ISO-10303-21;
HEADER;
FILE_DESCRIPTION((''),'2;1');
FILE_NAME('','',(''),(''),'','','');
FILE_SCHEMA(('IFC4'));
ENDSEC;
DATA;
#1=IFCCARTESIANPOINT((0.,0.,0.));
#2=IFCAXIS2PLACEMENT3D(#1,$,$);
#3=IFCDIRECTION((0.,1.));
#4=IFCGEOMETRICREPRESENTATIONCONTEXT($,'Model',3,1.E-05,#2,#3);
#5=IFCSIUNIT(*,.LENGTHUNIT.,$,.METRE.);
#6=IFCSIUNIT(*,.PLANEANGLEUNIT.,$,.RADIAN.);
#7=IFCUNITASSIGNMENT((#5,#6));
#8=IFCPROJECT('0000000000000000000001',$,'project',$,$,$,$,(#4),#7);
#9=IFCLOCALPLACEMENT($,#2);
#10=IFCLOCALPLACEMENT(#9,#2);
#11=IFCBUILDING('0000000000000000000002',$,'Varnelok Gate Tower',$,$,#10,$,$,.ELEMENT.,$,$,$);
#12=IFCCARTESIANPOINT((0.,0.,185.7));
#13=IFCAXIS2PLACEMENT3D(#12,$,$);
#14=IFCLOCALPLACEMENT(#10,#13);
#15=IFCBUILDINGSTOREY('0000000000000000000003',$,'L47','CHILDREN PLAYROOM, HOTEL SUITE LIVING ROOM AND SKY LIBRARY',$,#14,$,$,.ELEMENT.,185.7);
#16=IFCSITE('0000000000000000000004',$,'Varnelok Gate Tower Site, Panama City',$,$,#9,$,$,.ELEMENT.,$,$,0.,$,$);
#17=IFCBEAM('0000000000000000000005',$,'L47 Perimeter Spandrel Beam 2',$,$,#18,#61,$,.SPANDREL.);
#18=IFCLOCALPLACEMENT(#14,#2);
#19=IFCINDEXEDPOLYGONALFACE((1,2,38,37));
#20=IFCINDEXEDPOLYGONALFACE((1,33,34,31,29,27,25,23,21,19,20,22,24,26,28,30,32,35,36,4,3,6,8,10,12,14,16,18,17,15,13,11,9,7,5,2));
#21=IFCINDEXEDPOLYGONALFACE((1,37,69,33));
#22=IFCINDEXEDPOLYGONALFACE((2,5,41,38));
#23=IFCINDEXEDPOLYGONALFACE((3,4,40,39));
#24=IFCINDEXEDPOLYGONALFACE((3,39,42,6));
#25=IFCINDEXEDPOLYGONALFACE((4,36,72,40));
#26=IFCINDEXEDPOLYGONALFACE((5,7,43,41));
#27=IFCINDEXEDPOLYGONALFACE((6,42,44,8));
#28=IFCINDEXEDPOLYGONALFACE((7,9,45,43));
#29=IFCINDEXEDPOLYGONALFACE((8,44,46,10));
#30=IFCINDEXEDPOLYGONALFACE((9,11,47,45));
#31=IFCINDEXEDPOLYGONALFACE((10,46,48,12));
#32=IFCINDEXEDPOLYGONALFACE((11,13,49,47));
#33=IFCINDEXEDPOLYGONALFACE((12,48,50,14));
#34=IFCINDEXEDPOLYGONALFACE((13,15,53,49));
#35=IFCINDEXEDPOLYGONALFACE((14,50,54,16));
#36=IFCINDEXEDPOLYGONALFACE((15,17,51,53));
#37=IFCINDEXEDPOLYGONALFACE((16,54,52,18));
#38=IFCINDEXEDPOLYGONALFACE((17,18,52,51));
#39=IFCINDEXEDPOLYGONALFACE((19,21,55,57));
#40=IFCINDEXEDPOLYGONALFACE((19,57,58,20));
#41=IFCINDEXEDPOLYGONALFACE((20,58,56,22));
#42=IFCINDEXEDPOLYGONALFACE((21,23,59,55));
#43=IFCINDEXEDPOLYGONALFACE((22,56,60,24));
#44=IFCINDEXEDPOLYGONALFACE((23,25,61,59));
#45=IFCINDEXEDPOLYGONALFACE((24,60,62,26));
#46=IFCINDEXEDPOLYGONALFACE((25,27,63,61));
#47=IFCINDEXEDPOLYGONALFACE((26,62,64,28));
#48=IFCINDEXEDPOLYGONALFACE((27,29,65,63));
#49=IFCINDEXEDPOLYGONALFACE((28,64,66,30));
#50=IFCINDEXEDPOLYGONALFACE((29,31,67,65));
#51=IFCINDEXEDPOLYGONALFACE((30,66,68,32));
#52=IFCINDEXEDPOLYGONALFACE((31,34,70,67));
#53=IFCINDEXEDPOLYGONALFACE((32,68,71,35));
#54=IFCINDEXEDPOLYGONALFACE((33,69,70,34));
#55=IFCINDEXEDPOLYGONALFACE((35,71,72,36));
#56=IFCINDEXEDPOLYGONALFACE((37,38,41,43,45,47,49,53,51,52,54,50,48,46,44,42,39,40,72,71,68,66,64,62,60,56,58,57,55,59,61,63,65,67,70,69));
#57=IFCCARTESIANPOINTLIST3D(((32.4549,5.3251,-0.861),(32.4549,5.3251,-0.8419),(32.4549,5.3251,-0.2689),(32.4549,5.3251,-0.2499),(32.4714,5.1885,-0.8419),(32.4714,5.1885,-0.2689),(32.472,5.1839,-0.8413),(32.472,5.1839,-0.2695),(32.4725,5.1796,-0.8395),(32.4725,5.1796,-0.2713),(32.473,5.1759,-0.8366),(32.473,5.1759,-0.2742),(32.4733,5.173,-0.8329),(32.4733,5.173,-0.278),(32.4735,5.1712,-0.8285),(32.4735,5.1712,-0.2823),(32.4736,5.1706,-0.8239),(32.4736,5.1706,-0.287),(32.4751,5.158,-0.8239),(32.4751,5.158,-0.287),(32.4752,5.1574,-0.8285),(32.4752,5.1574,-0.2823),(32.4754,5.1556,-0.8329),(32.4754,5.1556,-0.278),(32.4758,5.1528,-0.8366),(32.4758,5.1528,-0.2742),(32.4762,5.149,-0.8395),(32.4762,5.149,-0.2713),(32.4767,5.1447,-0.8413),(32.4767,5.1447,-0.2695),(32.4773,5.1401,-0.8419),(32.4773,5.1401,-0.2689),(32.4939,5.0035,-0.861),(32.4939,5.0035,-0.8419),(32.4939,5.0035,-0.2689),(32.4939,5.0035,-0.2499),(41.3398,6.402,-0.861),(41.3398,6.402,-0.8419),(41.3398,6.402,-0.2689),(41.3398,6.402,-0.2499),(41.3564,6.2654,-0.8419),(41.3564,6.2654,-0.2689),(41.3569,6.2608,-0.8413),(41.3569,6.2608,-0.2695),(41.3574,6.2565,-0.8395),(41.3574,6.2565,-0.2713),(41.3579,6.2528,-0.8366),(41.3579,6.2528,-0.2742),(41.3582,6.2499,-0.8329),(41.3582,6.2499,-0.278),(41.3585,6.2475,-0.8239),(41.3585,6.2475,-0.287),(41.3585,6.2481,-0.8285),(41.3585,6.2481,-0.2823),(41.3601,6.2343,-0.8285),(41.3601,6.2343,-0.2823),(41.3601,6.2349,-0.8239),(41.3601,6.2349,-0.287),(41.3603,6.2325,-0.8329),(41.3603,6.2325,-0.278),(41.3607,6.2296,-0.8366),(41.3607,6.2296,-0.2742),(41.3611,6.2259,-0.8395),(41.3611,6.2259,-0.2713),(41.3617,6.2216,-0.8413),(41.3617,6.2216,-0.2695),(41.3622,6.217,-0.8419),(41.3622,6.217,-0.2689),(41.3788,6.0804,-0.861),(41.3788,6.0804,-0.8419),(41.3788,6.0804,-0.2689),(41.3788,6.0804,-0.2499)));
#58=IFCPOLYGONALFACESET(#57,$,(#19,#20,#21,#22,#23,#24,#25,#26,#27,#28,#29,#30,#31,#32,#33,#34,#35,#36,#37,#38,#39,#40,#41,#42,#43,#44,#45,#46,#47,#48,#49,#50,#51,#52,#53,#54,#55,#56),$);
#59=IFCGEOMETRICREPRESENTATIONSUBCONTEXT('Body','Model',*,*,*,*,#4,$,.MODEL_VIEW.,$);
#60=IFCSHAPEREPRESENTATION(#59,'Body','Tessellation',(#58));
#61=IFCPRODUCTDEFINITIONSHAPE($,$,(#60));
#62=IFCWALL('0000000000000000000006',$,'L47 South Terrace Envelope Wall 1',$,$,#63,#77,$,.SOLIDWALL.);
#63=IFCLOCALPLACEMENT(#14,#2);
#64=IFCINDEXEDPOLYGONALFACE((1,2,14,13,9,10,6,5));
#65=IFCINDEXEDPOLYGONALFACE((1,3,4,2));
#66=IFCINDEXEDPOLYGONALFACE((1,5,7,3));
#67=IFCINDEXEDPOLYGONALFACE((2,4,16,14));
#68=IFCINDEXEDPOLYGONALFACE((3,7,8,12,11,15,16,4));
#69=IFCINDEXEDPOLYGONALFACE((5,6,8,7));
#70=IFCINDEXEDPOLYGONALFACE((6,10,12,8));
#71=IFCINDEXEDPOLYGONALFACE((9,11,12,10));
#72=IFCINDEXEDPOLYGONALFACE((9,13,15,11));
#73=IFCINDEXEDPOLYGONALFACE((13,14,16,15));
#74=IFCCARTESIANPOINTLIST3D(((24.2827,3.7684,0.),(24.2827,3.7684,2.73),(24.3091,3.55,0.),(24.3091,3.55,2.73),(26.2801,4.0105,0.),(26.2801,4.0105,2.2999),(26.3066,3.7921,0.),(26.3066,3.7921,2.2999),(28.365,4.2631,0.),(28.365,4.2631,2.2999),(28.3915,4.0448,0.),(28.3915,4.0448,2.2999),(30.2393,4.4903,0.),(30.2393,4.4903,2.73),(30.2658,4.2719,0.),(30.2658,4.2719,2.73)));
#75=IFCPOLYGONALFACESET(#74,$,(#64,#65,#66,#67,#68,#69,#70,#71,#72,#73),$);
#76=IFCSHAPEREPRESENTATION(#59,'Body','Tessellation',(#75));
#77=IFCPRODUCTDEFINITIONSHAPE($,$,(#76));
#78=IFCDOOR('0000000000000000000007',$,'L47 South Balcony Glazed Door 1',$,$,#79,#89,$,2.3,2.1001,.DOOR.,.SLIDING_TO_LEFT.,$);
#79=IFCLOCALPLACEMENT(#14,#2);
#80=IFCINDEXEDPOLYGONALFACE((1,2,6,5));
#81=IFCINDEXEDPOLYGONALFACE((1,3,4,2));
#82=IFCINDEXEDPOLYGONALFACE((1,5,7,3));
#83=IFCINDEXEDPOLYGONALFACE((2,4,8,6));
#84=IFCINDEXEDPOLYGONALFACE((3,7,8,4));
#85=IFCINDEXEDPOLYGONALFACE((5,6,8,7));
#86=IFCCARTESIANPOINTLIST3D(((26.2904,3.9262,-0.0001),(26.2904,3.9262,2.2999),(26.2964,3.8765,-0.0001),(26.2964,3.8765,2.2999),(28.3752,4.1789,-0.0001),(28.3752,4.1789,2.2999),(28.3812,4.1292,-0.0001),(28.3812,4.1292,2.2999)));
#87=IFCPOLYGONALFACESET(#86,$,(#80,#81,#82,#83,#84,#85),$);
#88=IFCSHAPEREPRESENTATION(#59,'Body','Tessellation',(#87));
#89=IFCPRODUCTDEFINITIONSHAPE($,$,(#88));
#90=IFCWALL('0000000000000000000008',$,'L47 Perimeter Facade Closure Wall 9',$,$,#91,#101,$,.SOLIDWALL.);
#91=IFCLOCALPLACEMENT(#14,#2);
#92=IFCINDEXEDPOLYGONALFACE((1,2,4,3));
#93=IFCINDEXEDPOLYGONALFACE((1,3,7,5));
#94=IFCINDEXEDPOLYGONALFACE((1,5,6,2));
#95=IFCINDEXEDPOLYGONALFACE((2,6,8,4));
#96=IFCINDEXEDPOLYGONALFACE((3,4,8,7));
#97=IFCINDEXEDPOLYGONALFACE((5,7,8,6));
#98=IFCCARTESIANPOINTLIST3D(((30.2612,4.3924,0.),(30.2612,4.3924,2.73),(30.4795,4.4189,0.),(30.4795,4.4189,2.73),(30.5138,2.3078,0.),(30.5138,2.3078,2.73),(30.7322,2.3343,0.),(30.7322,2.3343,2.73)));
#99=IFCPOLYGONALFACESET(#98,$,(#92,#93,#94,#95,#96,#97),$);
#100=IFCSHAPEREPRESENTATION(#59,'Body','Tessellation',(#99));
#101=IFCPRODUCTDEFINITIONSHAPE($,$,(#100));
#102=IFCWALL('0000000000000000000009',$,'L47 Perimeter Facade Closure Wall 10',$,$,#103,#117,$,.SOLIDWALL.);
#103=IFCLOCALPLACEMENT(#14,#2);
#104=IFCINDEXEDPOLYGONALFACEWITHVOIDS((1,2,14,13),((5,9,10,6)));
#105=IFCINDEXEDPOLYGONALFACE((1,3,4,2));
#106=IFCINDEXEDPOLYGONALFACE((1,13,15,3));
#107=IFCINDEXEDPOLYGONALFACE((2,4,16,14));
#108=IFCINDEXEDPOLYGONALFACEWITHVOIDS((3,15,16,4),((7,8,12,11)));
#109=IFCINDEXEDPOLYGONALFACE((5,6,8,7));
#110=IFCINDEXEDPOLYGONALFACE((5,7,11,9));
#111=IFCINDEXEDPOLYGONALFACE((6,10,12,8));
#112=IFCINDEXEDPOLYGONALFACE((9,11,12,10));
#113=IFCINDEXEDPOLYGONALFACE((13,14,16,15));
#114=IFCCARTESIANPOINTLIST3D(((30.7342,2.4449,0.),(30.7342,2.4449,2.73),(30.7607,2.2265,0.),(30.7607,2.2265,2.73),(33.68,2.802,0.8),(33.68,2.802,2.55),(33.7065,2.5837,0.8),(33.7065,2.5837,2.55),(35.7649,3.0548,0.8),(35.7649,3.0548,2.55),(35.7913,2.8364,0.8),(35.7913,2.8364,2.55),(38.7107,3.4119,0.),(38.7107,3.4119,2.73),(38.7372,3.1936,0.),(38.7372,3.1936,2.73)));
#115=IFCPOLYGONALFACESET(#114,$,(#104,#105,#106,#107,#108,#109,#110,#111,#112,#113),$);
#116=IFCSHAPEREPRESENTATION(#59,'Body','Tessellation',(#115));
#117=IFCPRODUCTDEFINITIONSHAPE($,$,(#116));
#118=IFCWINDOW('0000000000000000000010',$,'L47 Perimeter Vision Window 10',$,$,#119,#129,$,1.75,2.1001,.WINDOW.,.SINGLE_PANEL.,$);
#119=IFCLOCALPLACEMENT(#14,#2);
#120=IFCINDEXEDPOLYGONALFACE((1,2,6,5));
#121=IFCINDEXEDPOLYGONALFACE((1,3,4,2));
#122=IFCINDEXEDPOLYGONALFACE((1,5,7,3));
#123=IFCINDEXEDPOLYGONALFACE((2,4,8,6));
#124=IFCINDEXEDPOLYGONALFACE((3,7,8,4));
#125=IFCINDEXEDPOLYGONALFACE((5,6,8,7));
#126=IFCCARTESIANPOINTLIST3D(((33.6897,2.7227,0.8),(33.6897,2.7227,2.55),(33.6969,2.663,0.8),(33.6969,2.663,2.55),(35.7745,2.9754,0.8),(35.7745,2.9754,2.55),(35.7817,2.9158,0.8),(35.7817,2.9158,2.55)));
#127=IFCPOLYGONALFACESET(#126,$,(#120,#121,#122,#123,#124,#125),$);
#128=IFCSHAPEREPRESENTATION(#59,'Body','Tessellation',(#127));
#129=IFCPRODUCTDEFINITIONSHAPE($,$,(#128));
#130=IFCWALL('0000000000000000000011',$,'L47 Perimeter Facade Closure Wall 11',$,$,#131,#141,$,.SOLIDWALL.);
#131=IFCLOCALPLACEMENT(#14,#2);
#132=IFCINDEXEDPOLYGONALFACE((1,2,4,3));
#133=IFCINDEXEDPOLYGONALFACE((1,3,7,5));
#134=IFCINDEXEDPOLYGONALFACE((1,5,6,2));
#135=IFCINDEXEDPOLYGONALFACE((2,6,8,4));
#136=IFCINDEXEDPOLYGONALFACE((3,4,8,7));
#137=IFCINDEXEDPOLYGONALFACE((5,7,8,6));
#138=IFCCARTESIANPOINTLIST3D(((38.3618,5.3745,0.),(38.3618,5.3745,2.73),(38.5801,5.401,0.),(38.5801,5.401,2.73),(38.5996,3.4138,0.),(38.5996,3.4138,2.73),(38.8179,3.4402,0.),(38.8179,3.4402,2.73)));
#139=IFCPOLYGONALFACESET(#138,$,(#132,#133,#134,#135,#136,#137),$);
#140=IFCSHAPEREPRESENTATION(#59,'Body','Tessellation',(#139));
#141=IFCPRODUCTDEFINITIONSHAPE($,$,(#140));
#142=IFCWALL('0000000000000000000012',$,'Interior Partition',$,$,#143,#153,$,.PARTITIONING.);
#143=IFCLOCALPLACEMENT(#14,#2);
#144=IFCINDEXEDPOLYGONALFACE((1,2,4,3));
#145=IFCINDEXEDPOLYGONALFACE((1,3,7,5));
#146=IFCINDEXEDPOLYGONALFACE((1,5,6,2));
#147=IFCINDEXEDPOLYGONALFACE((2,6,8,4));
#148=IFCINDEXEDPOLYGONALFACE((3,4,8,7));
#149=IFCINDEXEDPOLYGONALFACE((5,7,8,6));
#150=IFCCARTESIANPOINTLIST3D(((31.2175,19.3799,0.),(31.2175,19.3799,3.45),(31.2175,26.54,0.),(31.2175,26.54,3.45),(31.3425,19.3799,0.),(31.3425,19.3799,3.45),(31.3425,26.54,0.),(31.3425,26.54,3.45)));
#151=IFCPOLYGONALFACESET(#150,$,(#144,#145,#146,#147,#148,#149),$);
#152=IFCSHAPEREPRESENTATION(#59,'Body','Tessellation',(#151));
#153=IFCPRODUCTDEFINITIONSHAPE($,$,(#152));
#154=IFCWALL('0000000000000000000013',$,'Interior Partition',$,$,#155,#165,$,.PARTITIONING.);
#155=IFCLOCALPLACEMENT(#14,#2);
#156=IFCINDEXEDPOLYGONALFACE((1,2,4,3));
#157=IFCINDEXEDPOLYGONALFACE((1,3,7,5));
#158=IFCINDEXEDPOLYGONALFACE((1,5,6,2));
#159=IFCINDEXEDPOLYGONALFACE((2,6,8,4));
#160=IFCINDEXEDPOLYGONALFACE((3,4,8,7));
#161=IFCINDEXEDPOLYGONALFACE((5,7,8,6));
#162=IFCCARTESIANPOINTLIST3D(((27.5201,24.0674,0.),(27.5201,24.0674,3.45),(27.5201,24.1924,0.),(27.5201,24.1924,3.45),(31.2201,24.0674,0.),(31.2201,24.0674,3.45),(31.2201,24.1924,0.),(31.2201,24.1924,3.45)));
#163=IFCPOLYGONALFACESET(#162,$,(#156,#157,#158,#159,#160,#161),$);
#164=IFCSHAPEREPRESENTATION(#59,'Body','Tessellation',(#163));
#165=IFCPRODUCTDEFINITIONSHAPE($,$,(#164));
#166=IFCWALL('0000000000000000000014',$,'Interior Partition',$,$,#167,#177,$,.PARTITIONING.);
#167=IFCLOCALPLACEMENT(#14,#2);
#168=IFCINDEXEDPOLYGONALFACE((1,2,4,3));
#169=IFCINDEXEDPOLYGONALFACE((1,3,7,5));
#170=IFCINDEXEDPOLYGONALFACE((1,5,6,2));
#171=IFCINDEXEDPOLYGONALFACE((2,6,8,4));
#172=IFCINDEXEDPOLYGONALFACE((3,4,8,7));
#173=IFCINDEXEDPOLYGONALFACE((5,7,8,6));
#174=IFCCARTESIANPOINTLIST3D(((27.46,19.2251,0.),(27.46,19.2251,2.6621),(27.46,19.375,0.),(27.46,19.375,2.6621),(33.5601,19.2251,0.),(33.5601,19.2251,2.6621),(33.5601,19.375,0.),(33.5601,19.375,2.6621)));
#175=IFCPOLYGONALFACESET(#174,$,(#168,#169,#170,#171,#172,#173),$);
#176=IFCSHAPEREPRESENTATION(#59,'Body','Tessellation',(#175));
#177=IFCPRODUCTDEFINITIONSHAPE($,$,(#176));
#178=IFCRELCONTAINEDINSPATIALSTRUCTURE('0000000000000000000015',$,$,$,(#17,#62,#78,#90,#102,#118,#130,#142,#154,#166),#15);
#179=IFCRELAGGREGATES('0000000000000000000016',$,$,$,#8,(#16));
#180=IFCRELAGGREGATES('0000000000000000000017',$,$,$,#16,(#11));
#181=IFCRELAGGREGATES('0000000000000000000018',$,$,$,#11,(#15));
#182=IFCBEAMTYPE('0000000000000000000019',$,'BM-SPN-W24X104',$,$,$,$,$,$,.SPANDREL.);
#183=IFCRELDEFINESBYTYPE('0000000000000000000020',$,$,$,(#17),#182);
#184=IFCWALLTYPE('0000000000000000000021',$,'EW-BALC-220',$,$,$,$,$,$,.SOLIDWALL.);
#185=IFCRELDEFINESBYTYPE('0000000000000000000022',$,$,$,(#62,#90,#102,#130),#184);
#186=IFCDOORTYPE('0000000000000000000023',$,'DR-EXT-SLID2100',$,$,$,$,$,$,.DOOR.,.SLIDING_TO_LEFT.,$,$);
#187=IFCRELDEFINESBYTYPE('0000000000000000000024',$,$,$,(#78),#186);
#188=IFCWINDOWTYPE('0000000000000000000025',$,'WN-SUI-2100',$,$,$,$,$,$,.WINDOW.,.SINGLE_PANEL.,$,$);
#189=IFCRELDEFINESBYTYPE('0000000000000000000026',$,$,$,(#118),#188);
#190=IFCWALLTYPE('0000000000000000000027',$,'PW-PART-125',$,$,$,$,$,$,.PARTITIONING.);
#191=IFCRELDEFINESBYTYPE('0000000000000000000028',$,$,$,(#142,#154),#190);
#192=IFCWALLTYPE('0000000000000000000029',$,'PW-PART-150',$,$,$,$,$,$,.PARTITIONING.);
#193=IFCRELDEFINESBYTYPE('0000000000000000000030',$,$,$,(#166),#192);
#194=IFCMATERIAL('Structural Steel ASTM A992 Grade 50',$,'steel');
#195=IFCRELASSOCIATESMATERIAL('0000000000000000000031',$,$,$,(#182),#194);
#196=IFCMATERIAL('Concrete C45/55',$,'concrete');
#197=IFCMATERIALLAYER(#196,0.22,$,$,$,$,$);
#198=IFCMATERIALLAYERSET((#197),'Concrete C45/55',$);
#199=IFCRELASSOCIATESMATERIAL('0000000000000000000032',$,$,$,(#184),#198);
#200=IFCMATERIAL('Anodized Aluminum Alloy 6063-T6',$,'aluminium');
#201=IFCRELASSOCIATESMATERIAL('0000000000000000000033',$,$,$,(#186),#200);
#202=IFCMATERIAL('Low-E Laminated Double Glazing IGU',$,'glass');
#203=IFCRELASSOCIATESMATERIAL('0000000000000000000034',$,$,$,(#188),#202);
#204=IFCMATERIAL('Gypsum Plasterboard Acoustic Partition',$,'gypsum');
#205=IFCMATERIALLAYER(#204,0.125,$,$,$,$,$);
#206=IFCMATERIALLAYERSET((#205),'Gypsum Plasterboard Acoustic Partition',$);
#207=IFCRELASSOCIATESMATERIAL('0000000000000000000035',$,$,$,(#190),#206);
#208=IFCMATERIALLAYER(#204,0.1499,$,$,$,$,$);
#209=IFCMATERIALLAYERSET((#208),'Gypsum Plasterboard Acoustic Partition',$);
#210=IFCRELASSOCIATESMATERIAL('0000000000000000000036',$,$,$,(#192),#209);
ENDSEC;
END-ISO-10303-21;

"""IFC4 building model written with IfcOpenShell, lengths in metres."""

from ifc_helpers import new_model, si_unit, direction, frame, frame_2d, origin, origin_2d, place, context, subcontext, project, spatial, rectangle, i_section, extrude, material, layer, layer_set, material_profile, profile_set, type_object, element, fill, save


model = new_model("IFC4")

# Units and contexts
model_context = context("Model", 3, precision=1e-05, world=origin(), true_north=direction((0.0, 1.0)))
body_context = subcontext(model_context, "Body", "Model", "MODEL_VIEW")
ifc_project = project(units=[si_unit("LENGTHUNIT", "METRE"), si_unit("PLANEANGLEUNIT", "RADIAN")], contexts=[model_context])

# Site, building, storey
site_placement = place(None, origin())
site = spatial("IfcSite", under=ifc_project, at=site_placement, Name="Varnelok Gate Tower Site, Panama City", CompositionType="ELEMENT", RefElevation=0.0)
building_placement = place(site_placement, origin())
building = spatial("IfcBuilding", under=site, at=building_placement, Name="Varnelok Gate Tower", CompositionType="ELEMENT")
storey_placement = place(building_placement, frame((0.0, 0.0, 185.7)))
storey = spatial("IfcBuildingStorey", under=building, at=storey_placement, Name="L47", Description="CHILDREN PLAYROOM, HOTEL SUITE LIVING ROOM AND SKY LIBRARY", CompositionType="ELEMENT", Elevation=185.7)

# Shared definitions
ifc_material_1 = material(Name="Structural Steel ASTM A992 Grade 50", Category="steel")

# Beam
ifc_material_profile_1 = material_profile(ifc_material_1, i_section(OverallWidth=0.324, OverallDepth=0.6111, WebThickness=0.0127, FlangeThickness=0.019, FilletRadius=0.0181, at=origin_2d()), Name="W24X104")
ifc_profile_set_1 = profile_set([ifc_material_profile_1], Name="Structural Steel ASTM A992 Grade 50")
beam_type_1 = type_object("IfcBeamType", Name="BM-SPN-W24X104", PredefinedType="SPANDREL", material=ifc_profile_set_1)
beam_1_placement = place(storey_placement, frame((32.4744, 5.1643, -0.5554), z_axis=(0.992735, 0.120324, 0.0), x_axis=(-0.120324, 0.992735, 0.0)))
element("IfcBeam", 1, at=beam_1_placement, inside=storey, type_object=beam_type_1, Name="L47 Perimeter Spandrel Beam 2", PredefinedType="SPANDREL", context=body_context, shape_type="SweptSolid", body=[
    extrude(i_section(OverallWidth=0.324, OverallDepth=0.6111, WebThickness=0.0127, FlangeThickness=0.019, FilletRadius=0.0181, at=origin_2d()), origin(), (0.0, 0.0, 1.0), 8.95),
])

# Wall, opening, door
ifc_material_2 = material(Name="Concrete C45/55", Category="concrete")
ifc_layer_1 = layer(ifc_material_2, 0.22)
ifc_layer_set_1 = layer_set([ifc_layer_1], Name="Concrete C45/55")
wall_type_1 = type_object("IfcWallType", Name="EW-BALC-220", PredefinedType="SOLIDWALL", material=ifc_layer_set_1)
wall_1_placement = place(storey_placement, frame((30.2524, 4.3811, 0.0), z_axis=(0.0, 0.0, 1.0), x_axis=(-0.992735, -0.120318, 0.0)))
wall_1 = element("IfcWall", 2, at=wall_1_placement, inside=storey, type_object=wall_type_1, Name="L47 South Terrace Envelope Wall 1", PredefinedType="SOLIDWALL", context=body_context, shape_type="SweptSolid", body=[
    extrude(rectangle(XDim=6.0002, YDim=0.22, at=frame_2d((3.0, 0.0))), origin(), (0.0, 0.0, 1.0), 2.73),
])
opening_1_placement = place(wall_1_placement, frame((1.8879, 0.0, 0.0)))
opening_1 = element("IfcOpeningElement", 3, at=opening_1_placement, cuts=wall_1, PredefinedType="OPENING", context=body_context, shape_type="SweptSolid", body=[
    extrude(rectangle(XDim=2.1001, YDim=2.3, at=frame_2d((1.05, 1.1499))), frame((0.0, 0.1199, 0.0), z_axis=(0.0, -1.0, 0.0), x_axis=(1.0, 0.0, 0.0)), (0.0, 0.0, 1.0), 0.24),
])
ifc_material_3 = material(Name="Anodized Aluminum Alloy 6063-T6", Category="aluminium")
door_type_1 = type_object("IfcDoorType", Name="DR-EXT-SLID2100", OperationType="SLIDING_TO_LEFT", PredefinedType="DOOR", material=ifc_material_3)
door_1_placement = place(opening_1_placement, origin())
door_1 = element("IfcDoor", 4, at=door_1_placement, inside=storey, type_object=door_type_1, Name="L47 South Balcony Glazed Door 1", OperationType="SLIDING_TO_LEFT", OverallHeight=2.3, OverallWidth=2.1001, PredefinedType="DOOR", context=body_context, shape_type="SweptSolid", body=[
    extrude(rectangle(XDim=2.1001, YDim=2.3, at=frame_2d((1.05, 1.1499))), frame((0.0, 0.0249, 0.0), z_axis=(0.0, -1.0, 0.0), x_axis=(1.0, 0.0, 0.0)), (0.0, 0.0, 1.0), 0.05),
])
fill(opening_1, door_1)

# Wall
wall_2_placement = place(storey_placement, frame((30.3704, 4.4055, 0.0), z_axis=(0.0, 0.0, 1.0), x_axis=(0.120328, -0.992734, 0.0)))
element("IfcWall", 5, at=wall_2_placement, inside=storey, type_object=wall_type_1, Name="L47 Perimeter Facade Closure Wall 9", PredefinedType="SOLIDWALL", context=body_context, shape_type="SweptSolid", body=[
    extrude(rectangle(XDim=2.0999, YDim=0.22, at=frame_2d((1.0498, 0.0))), origin(), (0.0, 0.0, 1.0), 2.73),
])

# Wall, opening, window
wall_3_placement = place(storey_placement, frame((30.7473, 2.3357, 0.0), z_axis=(0.0, 0.0, 1.0), x_axis=(0.992731, 0.120354, 0.0)))
wall_3 = element("IfcWall", 6, at=wall_3_placement, inside=storey, type_object=wall_type_1, Name="L47 Perimeter Facade Closure Wall 10", PredefinedType="SOLIDWALL", context=body_context, shape_type="SweptSolid", body=[
    extrude(rectangle(XDim=8.0349, YDim=0.22, at=frame_2d((4.0176, 0.0))), origin(), (0.0, 0.0, 1.0), 2.73),
])
opening_2_placement = place(wall_3_placement, frame((2.9675, 0.0, 0.8)))
opening_2 = element("IfcOpeningElement", 7, at=opening_2_placement, cuts=wall_3, PredefinedType="OPENING", context=body_context, shape_type="SweptSolid", body=[
    extrude(rectangle(XDim=2.1001, YDim=1.75, at=frame_2d((1.05, 0.875))), frame((0.0, 0.1199, 0.0), z_axis=(0.0, -1.0, 0.0), x_axis=(1.0, 0.0, 0.0)), (0.0, 0.0, 1.0), 0.24),
])
ifc_material_4 = material(Name="Low-E Laminated Double Glazing IGU", Category="glass")
window_type = type_object("IfcWindowType", Name="WN-SUI-2100", PartitioningType="SINGLE_PANEL", PredefinedType="WINDOW", material=ifc_material_4)
window_placement = place(opening_2_placement, origin())
window = element("IfcWindow", 8, at=window_placement, inside=storey, type_object=window_type, Name="L47 Perimeter Vision Window 10", OverallHeight=1.75, OverallWidth=2.1001, PartitioningType="SINGLE_PANEL", PredefinedType="WINDOW", context=body_context, shape_type="SweptSolid", body=[
    extrude(rectangle(XDim=2.1001, YDim=1.75, at=frame_2d((1.05, 0.875))), frame((0.0, 0.03, 0.0), z_axis=(0.0, -1.0, 0.0), x_axis=(1.0, 0.0, 0.0)), (0.0, 0.0, 1.0), 0.0601),
])
fill(opening_2, window)

# Walls
wall_4_placement = place(storey_placement, frame((38.7087, 3.427, 0.0), z_axis=(0.0, 0.0, 1.0), x_axis=(-0.120398, 0.992726, 0.0)))
element("IfcWall", 9, at=wall_4_placement, inside=storey, type_object=wall_type_1, Name="L47 Perimeter Facade Closure Wall 11", PredefinedType="SOLIDWALL", context=body_context, shape_type="SweptSolid", body=[
    extrude(rectangle(XDim=1.9751, YDim=0.22, at=frame_2d((0.9875, 0.0))), origin(), (0.0, 0.0, 1.0), 2.73),
])
ifc_material_5 = material(Name="Gypsum Plasterboard Acoustic Partition", Category="gypsum")
ifc_layer_2 = layer(ifc_material_5, 0.125)
ifc_layer_set_2 = layer_set([ifc_layer_2], Name="Gypsum Plasterboard Acoustic Partition")
wall_type_2 = type_object("IfcWallType", Name="PW-PART-125", PredefinedType="PARTITIONING", material=ifc_layer_set_2)
wall_5_placement = place(storey_placement, frame((31.28, 19.3799, 0.0), z_axis=(0.0, 0.0, 1.0), x_axis=(0.0, 1.0, 0.0)))
element("IfcWall", 10, at=wall_5_placement, inside=storey, type_object=wall_type_2, Name="Interior Partition", PredefinedType="PARTITIONING", context=body_context, shape_type="SweptSolid", body=[
    extrude(rectangle(XDim=7.1602, YDim=0.125, at=frame_2d((3.5801, 0.0))), origin(), (0.0, 0.0, 1.0), 3.45),
])
wall_6_placement = place(storey_placement, frame((27.52, 24.1299, 0.0), z_axis=(0.0, 0.0, 1.0), x_axis=(1.0, 0.0, 0.0)))
element("IfcWall", 11, at=wall_6_placement, inside=storey, type_object=wall_type_2, Name="Interior Partition", PredefinedType="PARTITIONING", context=body_context, shape_type="SweptSolid", body=[
    extrude(rectangle(XDim=3.7, YDim=0.125, at=frame_2d((1.8501, 0.0))), origin(), (0.0, 0.0, 1.0), 3.45),
])
ifc_layer_3 = layer(ifc_material_5, 0.1499)
ifc_layer_set_3 = layer_set([ifc_layer_3], Name="Gypsum Plasterboard Acoustic Partition")
wall_type_3 = type_object("IfcWallType", Name="PW-PART-150", PredefinedType="PARTITIONING", material=ifc_layer_set_3)
wall_7_placement = place(storey_placement, frame((27.46, 19.3, 0.0), z_axis=(0.0, 0.0, 1.0), x_axis=(1.0, 0.0, 0.0)))
element("IfcWall", 12, at=wall_7_placement, inside=storey, type_object=wall_type_3, Name="Interior Partition", PredefinedType="PARTITIONING", context=body_context, shape_type="SweptSolid", body=[
    extrude(rectangle(XDim=6.1001, YDim=0.1499, at=frame_2d((3.05, 0.0))), origin(), (0.0, 0.0, 1.0), 2.6621),
])

save(model, "model.ifc")
